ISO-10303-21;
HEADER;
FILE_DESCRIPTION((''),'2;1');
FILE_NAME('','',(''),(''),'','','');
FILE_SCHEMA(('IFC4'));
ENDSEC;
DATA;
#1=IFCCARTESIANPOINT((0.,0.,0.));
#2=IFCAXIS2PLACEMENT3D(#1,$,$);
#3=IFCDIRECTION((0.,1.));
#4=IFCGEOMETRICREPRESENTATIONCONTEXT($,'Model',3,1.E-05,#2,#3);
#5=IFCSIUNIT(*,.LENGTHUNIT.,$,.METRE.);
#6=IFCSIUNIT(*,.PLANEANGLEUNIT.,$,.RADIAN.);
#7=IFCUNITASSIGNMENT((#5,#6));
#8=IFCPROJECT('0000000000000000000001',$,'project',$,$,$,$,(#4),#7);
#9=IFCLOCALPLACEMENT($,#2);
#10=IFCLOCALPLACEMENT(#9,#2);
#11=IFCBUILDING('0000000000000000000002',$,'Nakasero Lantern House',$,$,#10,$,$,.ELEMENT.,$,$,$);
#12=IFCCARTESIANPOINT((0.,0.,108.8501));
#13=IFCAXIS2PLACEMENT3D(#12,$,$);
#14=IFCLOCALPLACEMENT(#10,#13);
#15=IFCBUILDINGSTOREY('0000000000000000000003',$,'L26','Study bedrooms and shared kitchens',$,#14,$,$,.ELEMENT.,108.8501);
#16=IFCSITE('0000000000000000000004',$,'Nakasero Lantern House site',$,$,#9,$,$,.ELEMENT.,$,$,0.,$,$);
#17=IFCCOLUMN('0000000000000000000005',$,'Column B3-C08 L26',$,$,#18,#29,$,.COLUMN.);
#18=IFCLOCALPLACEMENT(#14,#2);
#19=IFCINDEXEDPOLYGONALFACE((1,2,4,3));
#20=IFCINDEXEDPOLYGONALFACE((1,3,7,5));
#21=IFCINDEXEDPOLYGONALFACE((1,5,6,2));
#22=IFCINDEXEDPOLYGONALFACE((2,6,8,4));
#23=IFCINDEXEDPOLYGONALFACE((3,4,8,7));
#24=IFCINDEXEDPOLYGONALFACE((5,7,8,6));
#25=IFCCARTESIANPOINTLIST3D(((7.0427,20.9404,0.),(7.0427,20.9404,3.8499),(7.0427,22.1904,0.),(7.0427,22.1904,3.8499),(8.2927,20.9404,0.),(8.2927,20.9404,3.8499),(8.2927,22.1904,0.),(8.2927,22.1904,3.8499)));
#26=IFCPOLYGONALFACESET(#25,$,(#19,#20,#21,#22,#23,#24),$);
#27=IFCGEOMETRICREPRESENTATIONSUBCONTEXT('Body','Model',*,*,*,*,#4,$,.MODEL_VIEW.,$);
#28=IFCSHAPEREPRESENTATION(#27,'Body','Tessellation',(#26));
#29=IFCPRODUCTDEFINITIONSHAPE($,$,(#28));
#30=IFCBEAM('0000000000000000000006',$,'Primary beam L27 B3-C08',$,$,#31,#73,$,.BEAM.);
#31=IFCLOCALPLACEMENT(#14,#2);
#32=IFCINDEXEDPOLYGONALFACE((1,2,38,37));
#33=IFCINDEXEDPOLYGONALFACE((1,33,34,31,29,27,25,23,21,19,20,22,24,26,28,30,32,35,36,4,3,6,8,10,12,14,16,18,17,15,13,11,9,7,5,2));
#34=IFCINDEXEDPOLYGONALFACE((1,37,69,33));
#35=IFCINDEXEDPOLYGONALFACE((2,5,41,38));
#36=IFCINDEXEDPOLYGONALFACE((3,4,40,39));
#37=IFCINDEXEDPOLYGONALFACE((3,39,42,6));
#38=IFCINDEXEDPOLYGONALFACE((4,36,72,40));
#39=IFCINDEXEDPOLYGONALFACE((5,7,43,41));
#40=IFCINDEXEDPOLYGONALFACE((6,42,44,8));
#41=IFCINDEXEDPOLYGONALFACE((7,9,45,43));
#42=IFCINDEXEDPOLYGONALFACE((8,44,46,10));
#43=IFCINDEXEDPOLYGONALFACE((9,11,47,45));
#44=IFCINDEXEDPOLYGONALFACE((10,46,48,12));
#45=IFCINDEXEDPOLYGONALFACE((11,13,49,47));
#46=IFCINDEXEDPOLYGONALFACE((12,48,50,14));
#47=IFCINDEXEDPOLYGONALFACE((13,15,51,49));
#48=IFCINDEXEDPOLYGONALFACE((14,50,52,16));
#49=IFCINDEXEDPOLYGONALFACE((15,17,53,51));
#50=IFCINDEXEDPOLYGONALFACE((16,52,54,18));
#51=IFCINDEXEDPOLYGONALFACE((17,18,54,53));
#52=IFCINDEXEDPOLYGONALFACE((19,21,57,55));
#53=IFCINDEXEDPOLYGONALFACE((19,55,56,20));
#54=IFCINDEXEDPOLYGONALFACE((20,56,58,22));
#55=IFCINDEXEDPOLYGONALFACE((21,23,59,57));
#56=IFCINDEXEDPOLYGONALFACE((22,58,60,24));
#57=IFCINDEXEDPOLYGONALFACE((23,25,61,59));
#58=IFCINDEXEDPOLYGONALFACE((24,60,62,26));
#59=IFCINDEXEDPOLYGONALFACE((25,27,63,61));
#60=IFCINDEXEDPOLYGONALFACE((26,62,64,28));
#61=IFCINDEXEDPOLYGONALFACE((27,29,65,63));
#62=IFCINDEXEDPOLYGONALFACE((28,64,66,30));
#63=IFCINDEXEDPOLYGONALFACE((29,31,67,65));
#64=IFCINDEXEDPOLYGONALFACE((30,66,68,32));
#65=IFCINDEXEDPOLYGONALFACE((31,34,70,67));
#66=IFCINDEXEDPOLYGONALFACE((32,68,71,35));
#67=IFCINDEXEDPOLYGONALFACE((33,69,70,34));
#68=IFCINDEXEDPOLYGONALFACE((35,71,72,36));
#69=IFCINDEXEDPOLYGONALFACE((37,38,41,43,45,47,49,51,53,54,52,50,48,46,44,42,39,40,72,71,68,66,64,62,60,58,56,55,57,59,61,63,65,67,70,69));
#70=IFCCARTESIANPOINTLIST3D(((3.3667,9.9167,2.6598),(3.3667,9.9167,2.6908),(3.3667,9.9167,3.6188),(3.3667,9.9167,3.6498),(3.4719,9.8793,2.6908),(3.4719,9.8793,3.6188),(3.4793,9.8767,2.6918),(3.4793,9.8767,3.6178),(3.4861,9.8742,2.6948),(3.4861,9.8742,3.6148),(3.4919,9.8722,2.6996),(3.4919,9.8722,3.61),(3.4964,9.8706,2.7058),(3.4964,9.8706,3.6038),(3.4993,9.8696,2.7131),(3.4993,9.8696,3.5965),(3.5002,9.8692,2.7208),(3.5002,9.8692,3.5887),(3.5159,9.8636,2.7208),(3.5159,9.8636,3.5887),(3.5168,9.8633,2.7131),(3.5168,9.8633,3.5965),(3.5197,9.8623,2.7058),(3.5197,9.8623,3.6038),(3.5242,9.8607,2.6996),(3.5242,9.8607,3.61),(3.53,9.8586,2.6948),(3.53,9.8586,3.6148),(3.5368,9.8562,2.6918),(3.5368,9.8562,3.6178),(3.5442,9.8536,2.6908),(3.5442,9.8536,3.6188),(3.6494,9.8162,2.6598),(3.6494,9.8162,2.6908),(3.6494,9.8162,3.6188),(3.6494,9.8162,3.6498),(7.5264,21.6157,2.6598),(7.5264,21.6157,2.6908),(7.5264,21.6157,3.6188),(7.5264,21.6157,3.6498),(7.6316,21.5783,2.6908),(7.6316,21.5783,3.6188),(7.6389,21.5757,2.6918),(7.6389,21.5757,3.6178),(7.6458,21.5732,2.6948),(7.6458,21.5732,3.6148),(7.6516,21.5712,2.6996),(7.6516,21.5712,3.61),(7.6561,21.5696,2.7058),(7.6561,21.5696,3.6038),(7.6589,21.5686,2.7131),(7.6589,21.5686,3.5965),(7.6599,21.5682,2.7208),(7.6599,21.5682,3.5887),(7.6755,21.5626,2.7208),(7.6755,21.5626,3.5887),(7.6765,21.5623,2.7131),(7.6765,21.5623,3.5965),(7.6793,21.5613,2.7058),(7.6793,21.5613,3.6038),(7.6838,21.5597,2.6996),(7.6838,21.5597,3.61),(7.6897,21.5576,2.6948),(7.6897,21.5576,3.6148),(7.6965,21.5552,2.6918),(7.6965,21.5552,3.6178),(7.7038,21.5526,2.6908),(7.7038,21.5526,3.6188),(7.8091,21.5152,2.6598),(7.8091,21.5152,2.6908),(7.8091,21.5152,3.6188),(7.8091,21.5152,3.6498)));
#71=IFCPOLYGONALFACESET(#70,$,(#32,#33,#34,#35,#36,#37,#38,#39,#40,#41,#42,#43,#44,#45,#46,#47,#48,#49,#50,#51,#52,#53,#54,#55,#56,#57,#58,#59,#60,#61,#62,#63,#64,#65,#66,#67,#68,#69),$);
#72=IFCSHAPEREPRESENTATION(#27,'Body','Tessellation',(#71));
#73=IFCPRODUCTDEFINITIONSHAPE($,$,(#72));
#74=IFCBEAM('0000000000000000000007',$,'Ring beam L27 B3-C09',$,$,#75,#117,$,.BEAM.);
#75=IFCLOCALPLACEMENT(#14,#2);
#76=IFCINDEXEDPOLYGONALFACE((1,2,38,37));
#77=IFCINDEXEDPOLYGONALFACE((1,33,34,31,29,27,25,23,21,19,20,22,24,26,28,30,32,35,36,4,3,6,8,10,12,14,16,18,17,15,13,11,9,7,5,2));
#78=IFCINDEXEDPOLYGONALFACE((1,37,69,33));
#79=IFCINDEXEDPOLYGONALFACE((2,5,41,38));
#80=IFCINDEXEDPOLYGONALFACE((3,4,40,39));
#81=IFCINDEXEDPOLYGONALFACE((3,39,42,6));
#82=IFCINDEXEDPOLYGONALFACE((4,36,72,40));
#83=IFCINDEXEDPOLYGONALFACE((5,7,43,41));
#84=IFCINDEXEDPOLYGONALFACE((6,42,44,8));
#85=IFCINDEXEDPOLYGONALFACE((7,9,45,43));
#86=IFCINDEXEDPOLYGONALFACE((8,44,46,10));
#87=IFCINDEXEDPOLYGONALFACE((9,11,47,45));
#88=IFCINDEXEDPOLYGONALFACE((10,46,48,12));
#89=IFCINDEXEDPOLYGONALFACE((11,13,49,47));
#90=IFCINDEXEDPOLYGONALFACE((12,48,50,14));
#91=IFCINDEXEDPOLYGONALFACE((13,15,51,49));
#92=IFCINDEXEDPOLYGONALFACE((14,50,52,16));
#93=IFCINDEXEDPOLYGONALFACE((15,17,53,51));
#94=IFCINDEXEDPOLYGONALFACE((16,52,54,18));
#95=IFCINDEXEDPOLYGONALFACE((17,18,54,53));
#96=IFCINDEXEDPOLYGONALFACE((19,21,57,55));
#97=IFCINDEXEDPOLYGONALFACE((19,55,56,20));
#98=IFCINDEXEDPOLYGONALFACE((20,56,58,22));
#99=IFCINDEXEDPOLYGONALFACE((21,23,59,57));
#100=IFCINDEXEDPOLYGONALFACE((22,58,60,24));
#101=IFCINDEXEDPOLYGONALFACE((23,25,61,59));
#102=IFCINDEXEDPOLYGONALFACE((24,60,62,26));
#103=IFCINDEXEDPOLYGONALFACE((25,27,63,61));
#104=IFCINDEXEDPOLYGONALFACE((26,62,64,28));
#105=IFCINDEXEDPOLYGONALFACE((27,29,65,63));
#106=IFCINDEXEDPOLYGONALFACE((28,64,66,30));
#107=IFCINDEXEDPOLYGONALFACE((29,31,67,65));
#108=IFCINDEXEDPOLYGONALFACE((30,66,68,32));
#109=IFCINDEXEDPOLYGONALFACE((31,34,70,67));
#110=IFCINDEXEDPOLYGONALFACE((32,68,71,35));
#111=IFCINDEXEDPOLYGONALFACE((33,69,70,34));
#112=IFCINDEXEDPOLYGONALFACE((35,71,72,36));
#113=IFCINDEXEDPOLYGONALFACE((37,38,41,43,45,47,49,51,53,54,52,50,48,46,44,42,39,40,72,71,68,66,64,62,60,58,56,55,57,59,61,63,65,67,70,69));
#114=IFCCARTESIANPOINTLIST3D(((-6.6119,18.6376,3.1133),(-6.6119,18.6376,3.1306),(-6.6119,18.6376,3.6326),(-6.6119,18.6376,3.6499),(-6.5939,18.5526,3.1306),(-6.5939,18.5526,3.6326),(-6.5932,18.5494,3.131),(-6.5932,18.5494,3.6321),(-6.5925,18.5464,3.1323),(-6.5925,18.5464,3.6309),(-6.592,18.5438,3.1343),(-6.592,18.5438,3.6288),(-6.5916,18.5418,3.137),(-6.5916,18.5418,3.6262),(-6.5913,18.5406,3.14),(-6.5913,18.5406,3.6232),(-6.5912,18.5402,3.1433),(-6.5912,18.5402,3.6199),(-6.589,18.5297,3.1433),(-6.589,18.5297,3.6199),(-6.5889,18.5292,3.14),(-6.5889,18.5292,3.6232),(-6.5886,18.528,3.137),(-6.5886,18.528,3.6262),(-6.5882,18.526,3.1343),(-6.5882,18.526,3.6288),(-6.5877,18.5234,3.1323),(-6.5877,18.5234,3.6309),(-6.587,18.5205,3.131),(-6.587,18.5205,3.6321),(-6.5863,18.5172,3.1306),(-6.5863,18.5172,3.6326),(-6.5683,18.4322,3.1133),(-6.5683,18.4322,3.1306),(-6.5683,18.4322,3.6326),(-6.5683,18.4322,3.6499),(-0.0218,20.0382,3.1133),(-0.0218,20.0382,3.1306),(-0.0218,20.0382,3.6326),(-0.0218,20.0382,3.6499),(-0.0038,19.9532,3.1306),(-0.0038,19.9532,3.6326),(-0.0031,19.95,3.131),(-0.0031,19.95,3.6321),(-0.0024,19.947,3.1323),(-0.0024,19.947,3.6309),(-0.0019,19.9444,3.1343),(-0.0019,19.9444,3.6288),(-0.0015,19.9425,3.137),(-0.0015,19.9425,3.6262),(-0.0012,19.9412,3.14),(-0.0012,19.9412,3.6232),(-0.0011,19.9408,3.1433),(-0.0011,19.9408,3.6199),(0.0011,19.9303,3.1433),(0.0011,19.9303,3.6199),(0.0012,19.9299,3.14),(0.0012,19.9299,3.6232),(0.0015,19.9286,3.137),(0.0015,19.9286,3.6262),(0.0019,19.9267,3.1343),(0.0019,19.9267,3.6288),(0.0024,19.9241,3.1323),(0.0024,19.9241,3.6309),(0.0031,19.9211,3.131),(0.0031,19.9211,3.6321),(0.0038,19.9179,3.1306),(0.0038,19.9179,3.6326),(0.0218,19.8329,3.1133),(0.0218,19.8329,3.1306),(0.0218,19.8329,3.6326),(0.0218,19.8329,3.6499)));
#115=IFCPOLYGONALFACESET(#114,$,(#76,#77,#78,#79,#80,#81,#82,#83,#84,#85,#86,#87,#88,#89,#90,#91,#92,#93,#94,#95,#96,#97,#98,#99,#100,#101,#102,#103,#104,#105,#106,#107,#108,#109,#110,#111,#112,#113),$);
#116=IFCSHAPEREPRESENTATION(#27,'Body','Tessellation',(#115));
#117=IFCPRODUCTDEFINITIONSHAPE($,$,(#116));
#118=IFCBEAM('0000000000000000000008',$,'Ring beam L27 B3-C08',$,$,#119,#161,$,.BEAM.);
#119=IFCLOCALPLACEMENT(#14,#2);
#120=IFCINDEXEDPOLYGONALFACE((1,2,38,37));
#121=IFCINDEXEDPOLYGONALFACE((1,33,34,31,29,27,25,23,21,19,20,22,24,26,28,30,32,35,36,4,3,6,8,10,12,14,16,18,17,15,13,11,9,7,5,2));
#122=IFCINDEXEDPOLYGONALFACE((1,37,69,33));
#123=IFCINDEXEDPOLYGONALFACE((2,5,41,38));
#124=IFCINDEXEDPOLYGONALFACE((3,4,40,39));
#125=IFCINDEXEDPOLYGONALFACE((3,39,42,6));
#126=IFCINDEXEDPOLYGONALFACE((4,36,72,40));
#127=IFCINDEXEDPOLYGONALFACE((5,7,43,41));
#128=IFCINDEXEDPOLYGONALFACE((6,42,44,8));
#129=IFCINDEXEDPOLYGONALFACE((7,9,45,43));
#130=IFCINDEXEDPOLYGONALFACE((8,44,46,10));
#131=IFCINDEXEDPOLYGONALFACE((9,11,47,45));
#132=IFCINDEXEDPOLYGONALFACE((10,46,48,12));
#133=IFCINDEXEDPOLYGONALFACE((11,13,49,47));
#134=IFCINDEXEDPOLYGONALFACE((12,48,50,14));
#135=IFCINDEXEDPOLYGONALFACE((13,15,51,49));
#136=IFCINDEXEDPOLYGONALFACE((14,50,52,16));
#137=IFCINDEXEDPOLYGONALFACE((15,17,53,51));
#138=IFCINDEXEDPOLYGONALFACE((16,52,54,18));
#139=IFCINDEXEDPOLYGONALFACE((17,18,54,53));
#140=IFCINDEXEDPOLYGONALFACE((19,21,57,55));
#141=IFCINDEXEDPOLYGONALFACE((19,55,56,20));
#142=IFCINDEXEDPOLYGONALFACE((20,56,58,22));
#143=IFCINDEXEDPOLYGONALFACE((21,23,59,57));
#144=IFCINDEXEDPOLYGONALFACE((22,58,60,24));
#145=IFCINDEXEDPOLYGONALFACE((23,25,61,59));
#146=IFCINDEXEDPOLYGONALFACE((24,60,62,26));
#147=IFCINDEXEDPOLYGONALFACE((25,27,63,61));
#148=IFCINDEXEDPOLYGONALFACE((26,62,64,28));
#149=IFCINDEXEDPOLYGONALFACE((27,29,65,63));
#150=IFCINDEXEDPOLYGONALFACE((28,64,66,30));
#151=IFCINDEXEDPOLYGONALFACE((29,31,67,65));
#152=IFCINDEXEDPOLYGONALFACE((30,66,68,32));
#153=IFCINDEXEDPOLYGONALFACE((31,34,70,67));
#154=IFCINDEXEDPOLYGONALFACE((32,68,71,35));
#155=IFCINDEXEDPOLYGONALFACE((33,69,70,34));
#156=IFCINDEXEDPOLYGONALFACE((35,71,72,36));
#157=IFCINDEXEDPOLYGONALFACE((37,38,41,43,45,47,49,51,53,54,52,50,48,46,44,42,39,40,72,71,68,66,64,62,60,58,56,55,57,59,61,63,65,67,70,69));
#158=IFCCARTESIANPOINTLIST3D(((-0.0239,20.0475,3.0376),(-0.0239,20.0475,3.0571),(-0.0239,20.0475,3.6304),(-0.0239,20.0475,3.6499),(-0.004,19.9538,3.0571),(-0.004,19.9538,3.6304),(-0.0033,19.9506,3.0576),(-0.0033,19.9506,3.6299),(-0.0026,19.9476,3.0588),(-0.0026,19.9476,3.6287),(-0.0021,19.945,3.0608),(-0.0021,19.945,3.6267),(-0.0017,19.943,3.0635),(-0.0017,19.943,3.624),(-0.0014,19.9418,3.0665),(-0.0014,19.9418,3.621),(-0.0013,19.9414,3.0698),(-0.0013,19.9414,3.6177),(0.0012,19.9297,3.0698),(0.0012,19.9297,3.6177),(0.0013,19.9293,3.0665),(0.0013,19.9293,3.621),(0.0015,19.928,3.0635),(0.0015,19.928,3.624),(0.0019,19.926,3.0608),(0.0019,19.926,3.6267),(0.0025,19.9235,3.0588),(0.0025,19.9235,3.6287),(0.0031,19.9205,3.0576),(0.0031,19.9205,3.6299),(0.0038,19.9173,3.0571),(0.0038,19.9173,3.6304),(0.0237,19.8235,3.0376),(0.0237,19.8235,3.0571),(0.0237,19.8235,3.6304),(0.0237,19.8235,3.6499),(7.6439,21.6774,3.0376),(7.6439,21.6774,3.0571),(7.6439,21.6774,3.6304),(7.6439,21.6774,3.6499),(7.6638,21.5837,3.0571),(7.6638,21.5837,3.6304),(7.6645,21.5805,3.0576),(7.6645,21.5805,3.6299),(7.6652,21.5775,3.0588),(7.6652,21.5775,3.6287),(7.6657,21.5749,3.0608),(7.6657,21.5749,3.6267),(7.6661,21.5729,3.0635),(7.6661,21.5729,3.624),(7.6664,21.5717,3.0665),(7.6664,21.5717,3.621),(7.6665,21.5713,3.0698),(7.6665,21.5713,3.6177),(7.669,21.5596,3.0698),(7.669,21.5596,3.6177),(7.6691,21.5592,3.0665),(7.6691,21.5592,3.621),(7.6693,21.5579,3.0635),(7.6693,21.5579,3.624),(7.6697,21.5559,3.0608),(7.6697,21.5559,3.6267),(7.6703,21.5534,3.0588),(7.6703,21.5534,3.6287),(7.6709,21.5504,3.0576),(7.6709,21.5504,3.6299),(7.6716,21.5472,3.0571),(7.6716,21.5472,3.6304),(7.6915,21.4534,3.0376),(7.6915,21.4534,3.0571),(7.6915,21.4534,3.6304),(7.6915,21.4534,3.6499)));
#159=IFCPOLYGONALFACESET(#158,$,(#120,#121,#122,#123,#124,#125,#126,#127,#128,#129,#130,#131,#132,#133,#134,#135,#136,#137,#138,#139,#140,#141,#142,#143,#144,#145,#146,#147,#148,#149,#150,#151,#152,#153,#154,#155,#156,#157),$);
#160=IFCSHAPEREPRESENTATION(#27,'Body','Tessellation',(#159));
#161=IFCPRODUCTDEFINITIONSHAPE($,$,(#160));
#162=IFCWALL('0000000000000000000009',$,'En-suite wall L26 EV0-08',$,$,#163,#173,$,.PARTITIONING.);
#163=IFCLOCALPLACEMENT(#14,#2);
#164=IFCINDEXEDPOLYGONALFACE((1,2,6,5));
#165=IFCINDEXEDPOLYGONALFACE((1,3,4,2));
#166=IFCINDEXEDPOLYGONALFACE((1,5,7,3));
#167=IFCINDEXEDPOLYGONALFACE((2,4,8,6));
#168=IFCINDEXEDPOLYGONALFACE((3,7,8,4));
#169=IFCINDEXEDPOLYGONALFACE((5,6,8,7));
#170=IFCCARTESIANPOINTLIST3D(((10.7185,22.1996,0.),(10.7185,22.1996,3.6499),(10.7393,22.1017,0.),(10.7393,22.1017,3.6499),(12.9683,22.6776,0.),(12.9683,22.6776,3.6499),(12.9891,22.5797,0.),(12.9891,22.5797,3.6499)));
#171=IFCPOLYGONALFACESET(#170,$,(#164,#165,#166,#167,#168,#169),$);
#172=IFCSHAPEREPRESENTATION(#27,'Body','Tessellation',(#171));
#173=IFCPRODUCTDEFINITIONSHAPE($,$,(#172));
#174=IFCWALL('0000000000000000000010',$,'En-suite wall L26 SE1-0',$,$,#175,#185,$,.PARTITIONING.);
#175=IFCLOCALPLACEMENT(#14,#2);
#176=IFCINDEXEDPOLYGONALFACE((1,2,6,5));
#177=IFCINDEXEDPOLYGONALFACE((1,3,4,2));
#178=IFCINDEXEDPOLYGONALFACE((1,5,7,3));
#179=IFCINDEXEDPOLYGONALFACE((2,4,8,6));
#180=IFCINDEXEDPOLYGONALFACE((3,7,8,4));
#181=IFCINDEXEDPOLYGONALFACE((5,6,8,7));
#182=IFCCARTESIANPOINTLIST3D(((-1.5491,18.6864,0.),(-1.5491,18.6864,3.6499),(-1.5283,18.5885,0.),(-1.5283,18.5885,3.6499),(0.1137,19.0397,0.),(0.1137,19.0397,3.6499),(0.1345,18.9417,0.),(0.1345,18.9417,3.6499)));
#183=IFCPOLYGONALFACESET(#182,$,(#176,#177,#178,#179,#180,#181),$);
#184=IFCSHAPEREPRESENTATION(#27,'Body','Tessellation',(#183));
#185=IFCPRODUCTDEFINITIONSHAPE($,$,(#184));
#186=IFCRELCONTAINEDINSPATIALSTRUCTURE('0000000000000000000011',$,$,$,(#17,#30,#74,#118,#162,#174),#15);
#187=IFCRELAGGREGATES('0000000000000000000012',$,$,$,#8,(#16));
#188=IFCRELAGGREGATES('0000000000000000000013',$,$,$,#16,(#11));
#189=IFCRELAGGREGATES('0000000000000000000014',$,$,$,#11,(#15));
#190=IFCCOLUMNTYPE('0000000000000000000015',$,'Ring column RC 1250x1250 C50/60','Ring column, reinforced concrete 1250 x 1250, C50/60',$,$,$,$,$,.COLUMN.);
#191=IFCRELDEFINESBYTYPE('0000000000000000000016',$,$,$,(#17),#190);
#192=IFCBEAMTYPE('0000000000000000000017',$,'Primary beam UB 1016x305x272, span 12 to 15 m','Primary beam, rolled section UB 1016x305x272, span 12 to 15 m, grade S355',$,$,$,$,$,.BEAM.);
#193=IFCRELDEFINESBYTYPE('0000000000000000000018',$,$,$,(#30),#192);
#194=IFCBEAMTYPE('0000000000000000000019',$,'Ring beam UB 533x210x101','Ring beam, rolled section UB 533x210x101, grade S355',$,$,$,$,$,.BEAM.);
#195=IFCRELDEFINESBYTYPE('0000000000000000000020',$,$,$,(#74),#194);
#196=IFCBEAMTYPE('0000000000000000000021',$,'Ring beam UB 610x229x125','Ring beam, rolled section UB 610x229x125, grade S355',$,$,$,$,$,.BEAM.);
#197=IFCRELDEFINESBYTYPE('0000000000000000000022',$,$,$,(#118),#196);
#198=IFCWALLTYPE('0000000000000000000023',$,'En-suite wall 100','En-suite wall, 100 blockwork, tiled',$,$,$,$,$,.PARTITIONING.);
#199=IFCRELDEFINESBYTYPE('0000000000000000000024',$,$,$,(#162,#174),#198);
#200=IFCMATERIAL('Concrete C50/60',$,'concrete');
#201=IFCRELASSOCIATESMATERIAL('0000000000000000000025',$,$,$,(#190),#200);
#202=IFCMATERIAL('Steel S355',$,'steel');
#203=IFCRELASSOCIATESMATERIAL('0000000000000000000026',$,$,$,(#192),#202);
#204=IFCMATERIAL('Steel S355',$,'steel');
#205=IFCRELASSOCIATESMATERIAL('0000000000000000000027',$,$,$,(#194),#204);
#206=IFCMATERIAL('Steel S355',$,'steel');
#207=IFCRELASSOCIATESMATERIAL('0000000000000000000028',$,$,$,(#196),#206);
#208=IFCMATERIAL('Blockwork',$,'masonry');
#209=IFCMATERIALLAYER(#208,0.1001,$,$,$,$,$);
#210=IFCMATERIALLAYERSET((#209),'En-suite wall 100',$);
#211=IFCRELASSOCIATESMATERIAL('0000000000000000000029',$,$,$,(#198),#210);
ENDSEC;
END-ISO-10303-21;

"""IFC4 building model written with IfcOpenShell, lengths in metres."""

from ifc_helpers import new_model, si_unit, direction, frame, frame_2d, origin, origin_2d, place, context, subcontext, project, spatial, rectangle, i_section, extrude, material, layer, layer_set, material_profile, profile_set, type_object, element, save


model = new_model("IFC4")

# Units and contexts
model_context = context("Model", 3, precision=1e-05, world=origin(), true_north=direction((0.0, 1.0)))
body_context = subcontext(model_context, "Body", "Model", "MODEL_VIEW")
ifc_project = project(units=[si_unit("LENGTHUNIT", "METRE"), si_unit("PLANEANGLEUNIT", "RADIAN")], contexts=[model_context])

# Site, building, storey
site_placement = place(None, origin())
site = spatial("IfcSite", under=ifc_project, at=site_placement, Name="Nakasero Lantern House site", CompositionType="ELEMENT", RefElevation=0.0)
building_placement = place(site_placement, origin())
building = spatial("IfcBuilding", under=site, at=building_placement, Name="Nakasero Lantern House", CompositionType="ELEMENT")
storey_placement = place(building_placement, frame((0.0, 0.0, 108.8501)))
storey = spatial("IfcBuildingStorey", under=building, at=storey_placement, Name="L26", Description="Study bedrooms and shared kitchens", CompositionType="ELEMENT", Elevation=108.8501)

# Column
ifc_material_1 = material(Name="Concrete C50/60", Category="concrete")
ifc_material_profile_1 = material_profile(ifc_material_1, rectangle(XDim=1.25, YDim=1.25, at=origin_2d()), Name="RC 1250x1250")
ifc_profile_set_1 = profile_set([ifc_material_profile_1], Name="Concrete C50/60")
column_type = type_object("IfcColumnType", Name="Ring column RC 1250x1250 C50/60", Description="Ring column, reinforced concrete 1250 x 1250, C50/60", PredefinedType="COLUMN", material=ifc_profile_set_1)
column_placement = place(storey_placement, frame((7.6677, 21.5654, 0.0), z_axis=(0.0, 0.0, 1.0), x_axis=(1.0, 0.0, 0.0)))
element("IfcColumn", 1, at=column_placement, inside=storey, type_object=column_type, Name="Column B3-C08 L26", PredefinedType="COLUMN", context=body_context, shape_type="SweptSolid", body=[
    extrude(rectangle(XDim=1.25, YDim=1.25, at=origin_2d()), origin(), (0.0, 0.0, 1.0), 3.8499),
])

# Beams
ifc_material_2 = material(Name="Steel S355", Category="steel")
ifc_material_profile_2 = material_profile(ifc_material_2, i_section(OverallWidth=0.3, OverallDepth=0.99, WebThickness=0.0166, FlangeThickness=0.031, FilletRadius=0.03, at=origin_2d()), Name="UB 1016x305x272")
ifc_profile_set_2 = profile_set([ifc_material_profile_2], Name="Steel S355")
beam_type_1 = type_object("IfcBeamType", Name="Primary beam UB 1016x305x272, span 12 to 15 m", Description="Primary beam, rolled section UB 1016x305x272, span 12 to 15 m, grade S355", PredefinedType="BEAM", material=ifc_profile_set_2)
beam_1_placement = place(storey_placement, frame((7.6677, 21.5654, 3.1548), z_axis=(-0.335012, -0.942214, 0.0), x_axis=(0.942214, -0.335012, 0.0)))
element("IfcBeam", 2, at=beam_1_placement, inside=storey, type_object=beam_type_1, Name="Primary beam L27 B3-C08", PredefinedType="BEAM", context=body_context, shape_type="SweptSolid", body=[
    extrude(i_section(OverallWidth=0.3, OverallDepth=0.99, WebThickness=0.0166, FlangeThickness=0.031, FilletRadius=0.03, at=origin_2d()), origin(), (0.0, 0.0, 1.0), 12.4165),
])
ifc_material_3 = material(Name="Steel S355", Category="steel")
ifc_material_profile_3 = material_profile(ifc_material_3, i_section(OverallWidth=0.21, OverallDepth=0.5366, WebThickness=0.0107, FlangeThickness=0.0173, FilletRadius=0.0127, at=origin_2d()), Name="UB 533x210x101")
ifc_profile_set_3 = profile_set([ifc_material_profile_3], Name="Steel S355")
beam_type_2 = type_object("IfcBeamType", Name="Ring beam UB 533x210x101", Description="Ring beam, rolled section UB 533x210x101, grade S355", PredefinedType="BEAM", material=ifc_profile_set_3)
beam_2_placement = place(storey_placement, frame((0.0, 19.9355, 3.3816), z_axis=(-0.978152, -0.207893, 0.0), x_axis=(0.207893, -0.978152, 0.0)))
element("IfcBeam", 3, at=beam_2_placement, inside=storey, type_object=beam_type_2, Name="Ring beam L27 B3-C09", PredefinedType="BEAM", context=body_context, shape_type="SweptSolid", body=[
    extrude(i_section(OverallWidth=0.21, OverallDepth=0.5366, WebThickness=0.0107, FlangeThickness=0.0173, FilletRadius=0.0127, at=origin_2d()), origin(), (0.0, 0.0, 1.0), 6.7373),
])
ifc_material_4 = material(Name="Steel S355", Category="steel")
ifc_material_profile_4 = material_profile(ifc_material_4, i_section(OverallWidth=0.229, OverallDepth=0.6123, WebThickness=0.012, FlangeThickness=0.0195, FilletRadius=0.0127, at=origin_2d()), Name="UB 610x229x125")
ifc_profile_set_4 = profile_set([ifc_material_profile_4], Name="Steel S355")
beam_type_3 = type_object("IfcBeamType", Name="Ring beam UB 610x229x125", Description="Ring beam, rolled section UB 610x229x125, grade S355", PredefinedType="BEAM", material=ifc_profile_set_4)
beam_3_placement = place(storey_placement, frame((7.6677, 21.5654, 3.3438), z_axis=(-0.978146, -0.207919, 0.0), x_axis=(0.207919, -0.978146, 0.0)))
element("IfcBeam", 4, at=beam_3_placement, inside=storey, type_object=beam_type_3, Name="Ring beam L27 B3-C08", PredefinedType="BEAM", context=body_context, shape_type="SweptSolid", body=[
    extrude(i_section(OverallWidth=0.229, OverallDepth=0.6123, WebThickness=0.012, FlangeThickness=0.0195, FilletRadius=0.0127, at=origin_2d()), origin(), (0.0, 0.0, 1.0), 7.8391),
])

# Walls
ifc_material_5 = material(Name="Blockwork", Category="masonry")
ifc_layer_1 = layer(ifc_material_5, 0.1001)
ifc_layer_set_1 = layer_set([ifc_layer_1], Name="En-suite wall 100")
wall_type_1 = type_object("IfcWallType", Name="En-suite wall 100", Description="En-suite wall, 100 blockwork, tiled", PredefinedType="PARTITIONING", material=ifc_layer_set_1)
wall_1_placement = place(storey_placement, frame((10.729, 22.1506, 0.0), z_axis=(0.0, 0.0, 1.0), x_axis=(0.978163, 0.20784, 0.0)))
element("IfcWall", 5, at=wall_1_placement, inside=storey, type_object=wall_type_1, Name="En-suite wall L26 EV0-08", PredefinedType="PARTITIONING", context=body_context, shape_type="SweptSolid", body=[
    extrude(rectangle(XDim=2.3, YDim=0.1001, at=frame_2d((1.1499, 0.0))), origin(), (0.0, 0.0, 1.0), 3.6499),
])
wall_2_placement = place(storey_placement, frame((0.1243, 18.9907, 0.0), z_axis=(0.0, 0.0, 1.0), x_axis=(-0.978169, -0.207812, 0.0)))
element("IfcWall", 6, at=wall_2_placement, inside=storey, type_object=wall_type_1, Name="En-suite wall L26 SE1-0", PredefinedType="PARTITIONING", context=body_context, shape_type="SweptSolid", body=[
    extrude(rectangle(XDim=1.7, YDim=0.1001, at=frame_2d((0.8501, 0.0))), origin(), (0.0, 0.0, 1.0), 3.6499),
])

save(model, "model.ifc")
